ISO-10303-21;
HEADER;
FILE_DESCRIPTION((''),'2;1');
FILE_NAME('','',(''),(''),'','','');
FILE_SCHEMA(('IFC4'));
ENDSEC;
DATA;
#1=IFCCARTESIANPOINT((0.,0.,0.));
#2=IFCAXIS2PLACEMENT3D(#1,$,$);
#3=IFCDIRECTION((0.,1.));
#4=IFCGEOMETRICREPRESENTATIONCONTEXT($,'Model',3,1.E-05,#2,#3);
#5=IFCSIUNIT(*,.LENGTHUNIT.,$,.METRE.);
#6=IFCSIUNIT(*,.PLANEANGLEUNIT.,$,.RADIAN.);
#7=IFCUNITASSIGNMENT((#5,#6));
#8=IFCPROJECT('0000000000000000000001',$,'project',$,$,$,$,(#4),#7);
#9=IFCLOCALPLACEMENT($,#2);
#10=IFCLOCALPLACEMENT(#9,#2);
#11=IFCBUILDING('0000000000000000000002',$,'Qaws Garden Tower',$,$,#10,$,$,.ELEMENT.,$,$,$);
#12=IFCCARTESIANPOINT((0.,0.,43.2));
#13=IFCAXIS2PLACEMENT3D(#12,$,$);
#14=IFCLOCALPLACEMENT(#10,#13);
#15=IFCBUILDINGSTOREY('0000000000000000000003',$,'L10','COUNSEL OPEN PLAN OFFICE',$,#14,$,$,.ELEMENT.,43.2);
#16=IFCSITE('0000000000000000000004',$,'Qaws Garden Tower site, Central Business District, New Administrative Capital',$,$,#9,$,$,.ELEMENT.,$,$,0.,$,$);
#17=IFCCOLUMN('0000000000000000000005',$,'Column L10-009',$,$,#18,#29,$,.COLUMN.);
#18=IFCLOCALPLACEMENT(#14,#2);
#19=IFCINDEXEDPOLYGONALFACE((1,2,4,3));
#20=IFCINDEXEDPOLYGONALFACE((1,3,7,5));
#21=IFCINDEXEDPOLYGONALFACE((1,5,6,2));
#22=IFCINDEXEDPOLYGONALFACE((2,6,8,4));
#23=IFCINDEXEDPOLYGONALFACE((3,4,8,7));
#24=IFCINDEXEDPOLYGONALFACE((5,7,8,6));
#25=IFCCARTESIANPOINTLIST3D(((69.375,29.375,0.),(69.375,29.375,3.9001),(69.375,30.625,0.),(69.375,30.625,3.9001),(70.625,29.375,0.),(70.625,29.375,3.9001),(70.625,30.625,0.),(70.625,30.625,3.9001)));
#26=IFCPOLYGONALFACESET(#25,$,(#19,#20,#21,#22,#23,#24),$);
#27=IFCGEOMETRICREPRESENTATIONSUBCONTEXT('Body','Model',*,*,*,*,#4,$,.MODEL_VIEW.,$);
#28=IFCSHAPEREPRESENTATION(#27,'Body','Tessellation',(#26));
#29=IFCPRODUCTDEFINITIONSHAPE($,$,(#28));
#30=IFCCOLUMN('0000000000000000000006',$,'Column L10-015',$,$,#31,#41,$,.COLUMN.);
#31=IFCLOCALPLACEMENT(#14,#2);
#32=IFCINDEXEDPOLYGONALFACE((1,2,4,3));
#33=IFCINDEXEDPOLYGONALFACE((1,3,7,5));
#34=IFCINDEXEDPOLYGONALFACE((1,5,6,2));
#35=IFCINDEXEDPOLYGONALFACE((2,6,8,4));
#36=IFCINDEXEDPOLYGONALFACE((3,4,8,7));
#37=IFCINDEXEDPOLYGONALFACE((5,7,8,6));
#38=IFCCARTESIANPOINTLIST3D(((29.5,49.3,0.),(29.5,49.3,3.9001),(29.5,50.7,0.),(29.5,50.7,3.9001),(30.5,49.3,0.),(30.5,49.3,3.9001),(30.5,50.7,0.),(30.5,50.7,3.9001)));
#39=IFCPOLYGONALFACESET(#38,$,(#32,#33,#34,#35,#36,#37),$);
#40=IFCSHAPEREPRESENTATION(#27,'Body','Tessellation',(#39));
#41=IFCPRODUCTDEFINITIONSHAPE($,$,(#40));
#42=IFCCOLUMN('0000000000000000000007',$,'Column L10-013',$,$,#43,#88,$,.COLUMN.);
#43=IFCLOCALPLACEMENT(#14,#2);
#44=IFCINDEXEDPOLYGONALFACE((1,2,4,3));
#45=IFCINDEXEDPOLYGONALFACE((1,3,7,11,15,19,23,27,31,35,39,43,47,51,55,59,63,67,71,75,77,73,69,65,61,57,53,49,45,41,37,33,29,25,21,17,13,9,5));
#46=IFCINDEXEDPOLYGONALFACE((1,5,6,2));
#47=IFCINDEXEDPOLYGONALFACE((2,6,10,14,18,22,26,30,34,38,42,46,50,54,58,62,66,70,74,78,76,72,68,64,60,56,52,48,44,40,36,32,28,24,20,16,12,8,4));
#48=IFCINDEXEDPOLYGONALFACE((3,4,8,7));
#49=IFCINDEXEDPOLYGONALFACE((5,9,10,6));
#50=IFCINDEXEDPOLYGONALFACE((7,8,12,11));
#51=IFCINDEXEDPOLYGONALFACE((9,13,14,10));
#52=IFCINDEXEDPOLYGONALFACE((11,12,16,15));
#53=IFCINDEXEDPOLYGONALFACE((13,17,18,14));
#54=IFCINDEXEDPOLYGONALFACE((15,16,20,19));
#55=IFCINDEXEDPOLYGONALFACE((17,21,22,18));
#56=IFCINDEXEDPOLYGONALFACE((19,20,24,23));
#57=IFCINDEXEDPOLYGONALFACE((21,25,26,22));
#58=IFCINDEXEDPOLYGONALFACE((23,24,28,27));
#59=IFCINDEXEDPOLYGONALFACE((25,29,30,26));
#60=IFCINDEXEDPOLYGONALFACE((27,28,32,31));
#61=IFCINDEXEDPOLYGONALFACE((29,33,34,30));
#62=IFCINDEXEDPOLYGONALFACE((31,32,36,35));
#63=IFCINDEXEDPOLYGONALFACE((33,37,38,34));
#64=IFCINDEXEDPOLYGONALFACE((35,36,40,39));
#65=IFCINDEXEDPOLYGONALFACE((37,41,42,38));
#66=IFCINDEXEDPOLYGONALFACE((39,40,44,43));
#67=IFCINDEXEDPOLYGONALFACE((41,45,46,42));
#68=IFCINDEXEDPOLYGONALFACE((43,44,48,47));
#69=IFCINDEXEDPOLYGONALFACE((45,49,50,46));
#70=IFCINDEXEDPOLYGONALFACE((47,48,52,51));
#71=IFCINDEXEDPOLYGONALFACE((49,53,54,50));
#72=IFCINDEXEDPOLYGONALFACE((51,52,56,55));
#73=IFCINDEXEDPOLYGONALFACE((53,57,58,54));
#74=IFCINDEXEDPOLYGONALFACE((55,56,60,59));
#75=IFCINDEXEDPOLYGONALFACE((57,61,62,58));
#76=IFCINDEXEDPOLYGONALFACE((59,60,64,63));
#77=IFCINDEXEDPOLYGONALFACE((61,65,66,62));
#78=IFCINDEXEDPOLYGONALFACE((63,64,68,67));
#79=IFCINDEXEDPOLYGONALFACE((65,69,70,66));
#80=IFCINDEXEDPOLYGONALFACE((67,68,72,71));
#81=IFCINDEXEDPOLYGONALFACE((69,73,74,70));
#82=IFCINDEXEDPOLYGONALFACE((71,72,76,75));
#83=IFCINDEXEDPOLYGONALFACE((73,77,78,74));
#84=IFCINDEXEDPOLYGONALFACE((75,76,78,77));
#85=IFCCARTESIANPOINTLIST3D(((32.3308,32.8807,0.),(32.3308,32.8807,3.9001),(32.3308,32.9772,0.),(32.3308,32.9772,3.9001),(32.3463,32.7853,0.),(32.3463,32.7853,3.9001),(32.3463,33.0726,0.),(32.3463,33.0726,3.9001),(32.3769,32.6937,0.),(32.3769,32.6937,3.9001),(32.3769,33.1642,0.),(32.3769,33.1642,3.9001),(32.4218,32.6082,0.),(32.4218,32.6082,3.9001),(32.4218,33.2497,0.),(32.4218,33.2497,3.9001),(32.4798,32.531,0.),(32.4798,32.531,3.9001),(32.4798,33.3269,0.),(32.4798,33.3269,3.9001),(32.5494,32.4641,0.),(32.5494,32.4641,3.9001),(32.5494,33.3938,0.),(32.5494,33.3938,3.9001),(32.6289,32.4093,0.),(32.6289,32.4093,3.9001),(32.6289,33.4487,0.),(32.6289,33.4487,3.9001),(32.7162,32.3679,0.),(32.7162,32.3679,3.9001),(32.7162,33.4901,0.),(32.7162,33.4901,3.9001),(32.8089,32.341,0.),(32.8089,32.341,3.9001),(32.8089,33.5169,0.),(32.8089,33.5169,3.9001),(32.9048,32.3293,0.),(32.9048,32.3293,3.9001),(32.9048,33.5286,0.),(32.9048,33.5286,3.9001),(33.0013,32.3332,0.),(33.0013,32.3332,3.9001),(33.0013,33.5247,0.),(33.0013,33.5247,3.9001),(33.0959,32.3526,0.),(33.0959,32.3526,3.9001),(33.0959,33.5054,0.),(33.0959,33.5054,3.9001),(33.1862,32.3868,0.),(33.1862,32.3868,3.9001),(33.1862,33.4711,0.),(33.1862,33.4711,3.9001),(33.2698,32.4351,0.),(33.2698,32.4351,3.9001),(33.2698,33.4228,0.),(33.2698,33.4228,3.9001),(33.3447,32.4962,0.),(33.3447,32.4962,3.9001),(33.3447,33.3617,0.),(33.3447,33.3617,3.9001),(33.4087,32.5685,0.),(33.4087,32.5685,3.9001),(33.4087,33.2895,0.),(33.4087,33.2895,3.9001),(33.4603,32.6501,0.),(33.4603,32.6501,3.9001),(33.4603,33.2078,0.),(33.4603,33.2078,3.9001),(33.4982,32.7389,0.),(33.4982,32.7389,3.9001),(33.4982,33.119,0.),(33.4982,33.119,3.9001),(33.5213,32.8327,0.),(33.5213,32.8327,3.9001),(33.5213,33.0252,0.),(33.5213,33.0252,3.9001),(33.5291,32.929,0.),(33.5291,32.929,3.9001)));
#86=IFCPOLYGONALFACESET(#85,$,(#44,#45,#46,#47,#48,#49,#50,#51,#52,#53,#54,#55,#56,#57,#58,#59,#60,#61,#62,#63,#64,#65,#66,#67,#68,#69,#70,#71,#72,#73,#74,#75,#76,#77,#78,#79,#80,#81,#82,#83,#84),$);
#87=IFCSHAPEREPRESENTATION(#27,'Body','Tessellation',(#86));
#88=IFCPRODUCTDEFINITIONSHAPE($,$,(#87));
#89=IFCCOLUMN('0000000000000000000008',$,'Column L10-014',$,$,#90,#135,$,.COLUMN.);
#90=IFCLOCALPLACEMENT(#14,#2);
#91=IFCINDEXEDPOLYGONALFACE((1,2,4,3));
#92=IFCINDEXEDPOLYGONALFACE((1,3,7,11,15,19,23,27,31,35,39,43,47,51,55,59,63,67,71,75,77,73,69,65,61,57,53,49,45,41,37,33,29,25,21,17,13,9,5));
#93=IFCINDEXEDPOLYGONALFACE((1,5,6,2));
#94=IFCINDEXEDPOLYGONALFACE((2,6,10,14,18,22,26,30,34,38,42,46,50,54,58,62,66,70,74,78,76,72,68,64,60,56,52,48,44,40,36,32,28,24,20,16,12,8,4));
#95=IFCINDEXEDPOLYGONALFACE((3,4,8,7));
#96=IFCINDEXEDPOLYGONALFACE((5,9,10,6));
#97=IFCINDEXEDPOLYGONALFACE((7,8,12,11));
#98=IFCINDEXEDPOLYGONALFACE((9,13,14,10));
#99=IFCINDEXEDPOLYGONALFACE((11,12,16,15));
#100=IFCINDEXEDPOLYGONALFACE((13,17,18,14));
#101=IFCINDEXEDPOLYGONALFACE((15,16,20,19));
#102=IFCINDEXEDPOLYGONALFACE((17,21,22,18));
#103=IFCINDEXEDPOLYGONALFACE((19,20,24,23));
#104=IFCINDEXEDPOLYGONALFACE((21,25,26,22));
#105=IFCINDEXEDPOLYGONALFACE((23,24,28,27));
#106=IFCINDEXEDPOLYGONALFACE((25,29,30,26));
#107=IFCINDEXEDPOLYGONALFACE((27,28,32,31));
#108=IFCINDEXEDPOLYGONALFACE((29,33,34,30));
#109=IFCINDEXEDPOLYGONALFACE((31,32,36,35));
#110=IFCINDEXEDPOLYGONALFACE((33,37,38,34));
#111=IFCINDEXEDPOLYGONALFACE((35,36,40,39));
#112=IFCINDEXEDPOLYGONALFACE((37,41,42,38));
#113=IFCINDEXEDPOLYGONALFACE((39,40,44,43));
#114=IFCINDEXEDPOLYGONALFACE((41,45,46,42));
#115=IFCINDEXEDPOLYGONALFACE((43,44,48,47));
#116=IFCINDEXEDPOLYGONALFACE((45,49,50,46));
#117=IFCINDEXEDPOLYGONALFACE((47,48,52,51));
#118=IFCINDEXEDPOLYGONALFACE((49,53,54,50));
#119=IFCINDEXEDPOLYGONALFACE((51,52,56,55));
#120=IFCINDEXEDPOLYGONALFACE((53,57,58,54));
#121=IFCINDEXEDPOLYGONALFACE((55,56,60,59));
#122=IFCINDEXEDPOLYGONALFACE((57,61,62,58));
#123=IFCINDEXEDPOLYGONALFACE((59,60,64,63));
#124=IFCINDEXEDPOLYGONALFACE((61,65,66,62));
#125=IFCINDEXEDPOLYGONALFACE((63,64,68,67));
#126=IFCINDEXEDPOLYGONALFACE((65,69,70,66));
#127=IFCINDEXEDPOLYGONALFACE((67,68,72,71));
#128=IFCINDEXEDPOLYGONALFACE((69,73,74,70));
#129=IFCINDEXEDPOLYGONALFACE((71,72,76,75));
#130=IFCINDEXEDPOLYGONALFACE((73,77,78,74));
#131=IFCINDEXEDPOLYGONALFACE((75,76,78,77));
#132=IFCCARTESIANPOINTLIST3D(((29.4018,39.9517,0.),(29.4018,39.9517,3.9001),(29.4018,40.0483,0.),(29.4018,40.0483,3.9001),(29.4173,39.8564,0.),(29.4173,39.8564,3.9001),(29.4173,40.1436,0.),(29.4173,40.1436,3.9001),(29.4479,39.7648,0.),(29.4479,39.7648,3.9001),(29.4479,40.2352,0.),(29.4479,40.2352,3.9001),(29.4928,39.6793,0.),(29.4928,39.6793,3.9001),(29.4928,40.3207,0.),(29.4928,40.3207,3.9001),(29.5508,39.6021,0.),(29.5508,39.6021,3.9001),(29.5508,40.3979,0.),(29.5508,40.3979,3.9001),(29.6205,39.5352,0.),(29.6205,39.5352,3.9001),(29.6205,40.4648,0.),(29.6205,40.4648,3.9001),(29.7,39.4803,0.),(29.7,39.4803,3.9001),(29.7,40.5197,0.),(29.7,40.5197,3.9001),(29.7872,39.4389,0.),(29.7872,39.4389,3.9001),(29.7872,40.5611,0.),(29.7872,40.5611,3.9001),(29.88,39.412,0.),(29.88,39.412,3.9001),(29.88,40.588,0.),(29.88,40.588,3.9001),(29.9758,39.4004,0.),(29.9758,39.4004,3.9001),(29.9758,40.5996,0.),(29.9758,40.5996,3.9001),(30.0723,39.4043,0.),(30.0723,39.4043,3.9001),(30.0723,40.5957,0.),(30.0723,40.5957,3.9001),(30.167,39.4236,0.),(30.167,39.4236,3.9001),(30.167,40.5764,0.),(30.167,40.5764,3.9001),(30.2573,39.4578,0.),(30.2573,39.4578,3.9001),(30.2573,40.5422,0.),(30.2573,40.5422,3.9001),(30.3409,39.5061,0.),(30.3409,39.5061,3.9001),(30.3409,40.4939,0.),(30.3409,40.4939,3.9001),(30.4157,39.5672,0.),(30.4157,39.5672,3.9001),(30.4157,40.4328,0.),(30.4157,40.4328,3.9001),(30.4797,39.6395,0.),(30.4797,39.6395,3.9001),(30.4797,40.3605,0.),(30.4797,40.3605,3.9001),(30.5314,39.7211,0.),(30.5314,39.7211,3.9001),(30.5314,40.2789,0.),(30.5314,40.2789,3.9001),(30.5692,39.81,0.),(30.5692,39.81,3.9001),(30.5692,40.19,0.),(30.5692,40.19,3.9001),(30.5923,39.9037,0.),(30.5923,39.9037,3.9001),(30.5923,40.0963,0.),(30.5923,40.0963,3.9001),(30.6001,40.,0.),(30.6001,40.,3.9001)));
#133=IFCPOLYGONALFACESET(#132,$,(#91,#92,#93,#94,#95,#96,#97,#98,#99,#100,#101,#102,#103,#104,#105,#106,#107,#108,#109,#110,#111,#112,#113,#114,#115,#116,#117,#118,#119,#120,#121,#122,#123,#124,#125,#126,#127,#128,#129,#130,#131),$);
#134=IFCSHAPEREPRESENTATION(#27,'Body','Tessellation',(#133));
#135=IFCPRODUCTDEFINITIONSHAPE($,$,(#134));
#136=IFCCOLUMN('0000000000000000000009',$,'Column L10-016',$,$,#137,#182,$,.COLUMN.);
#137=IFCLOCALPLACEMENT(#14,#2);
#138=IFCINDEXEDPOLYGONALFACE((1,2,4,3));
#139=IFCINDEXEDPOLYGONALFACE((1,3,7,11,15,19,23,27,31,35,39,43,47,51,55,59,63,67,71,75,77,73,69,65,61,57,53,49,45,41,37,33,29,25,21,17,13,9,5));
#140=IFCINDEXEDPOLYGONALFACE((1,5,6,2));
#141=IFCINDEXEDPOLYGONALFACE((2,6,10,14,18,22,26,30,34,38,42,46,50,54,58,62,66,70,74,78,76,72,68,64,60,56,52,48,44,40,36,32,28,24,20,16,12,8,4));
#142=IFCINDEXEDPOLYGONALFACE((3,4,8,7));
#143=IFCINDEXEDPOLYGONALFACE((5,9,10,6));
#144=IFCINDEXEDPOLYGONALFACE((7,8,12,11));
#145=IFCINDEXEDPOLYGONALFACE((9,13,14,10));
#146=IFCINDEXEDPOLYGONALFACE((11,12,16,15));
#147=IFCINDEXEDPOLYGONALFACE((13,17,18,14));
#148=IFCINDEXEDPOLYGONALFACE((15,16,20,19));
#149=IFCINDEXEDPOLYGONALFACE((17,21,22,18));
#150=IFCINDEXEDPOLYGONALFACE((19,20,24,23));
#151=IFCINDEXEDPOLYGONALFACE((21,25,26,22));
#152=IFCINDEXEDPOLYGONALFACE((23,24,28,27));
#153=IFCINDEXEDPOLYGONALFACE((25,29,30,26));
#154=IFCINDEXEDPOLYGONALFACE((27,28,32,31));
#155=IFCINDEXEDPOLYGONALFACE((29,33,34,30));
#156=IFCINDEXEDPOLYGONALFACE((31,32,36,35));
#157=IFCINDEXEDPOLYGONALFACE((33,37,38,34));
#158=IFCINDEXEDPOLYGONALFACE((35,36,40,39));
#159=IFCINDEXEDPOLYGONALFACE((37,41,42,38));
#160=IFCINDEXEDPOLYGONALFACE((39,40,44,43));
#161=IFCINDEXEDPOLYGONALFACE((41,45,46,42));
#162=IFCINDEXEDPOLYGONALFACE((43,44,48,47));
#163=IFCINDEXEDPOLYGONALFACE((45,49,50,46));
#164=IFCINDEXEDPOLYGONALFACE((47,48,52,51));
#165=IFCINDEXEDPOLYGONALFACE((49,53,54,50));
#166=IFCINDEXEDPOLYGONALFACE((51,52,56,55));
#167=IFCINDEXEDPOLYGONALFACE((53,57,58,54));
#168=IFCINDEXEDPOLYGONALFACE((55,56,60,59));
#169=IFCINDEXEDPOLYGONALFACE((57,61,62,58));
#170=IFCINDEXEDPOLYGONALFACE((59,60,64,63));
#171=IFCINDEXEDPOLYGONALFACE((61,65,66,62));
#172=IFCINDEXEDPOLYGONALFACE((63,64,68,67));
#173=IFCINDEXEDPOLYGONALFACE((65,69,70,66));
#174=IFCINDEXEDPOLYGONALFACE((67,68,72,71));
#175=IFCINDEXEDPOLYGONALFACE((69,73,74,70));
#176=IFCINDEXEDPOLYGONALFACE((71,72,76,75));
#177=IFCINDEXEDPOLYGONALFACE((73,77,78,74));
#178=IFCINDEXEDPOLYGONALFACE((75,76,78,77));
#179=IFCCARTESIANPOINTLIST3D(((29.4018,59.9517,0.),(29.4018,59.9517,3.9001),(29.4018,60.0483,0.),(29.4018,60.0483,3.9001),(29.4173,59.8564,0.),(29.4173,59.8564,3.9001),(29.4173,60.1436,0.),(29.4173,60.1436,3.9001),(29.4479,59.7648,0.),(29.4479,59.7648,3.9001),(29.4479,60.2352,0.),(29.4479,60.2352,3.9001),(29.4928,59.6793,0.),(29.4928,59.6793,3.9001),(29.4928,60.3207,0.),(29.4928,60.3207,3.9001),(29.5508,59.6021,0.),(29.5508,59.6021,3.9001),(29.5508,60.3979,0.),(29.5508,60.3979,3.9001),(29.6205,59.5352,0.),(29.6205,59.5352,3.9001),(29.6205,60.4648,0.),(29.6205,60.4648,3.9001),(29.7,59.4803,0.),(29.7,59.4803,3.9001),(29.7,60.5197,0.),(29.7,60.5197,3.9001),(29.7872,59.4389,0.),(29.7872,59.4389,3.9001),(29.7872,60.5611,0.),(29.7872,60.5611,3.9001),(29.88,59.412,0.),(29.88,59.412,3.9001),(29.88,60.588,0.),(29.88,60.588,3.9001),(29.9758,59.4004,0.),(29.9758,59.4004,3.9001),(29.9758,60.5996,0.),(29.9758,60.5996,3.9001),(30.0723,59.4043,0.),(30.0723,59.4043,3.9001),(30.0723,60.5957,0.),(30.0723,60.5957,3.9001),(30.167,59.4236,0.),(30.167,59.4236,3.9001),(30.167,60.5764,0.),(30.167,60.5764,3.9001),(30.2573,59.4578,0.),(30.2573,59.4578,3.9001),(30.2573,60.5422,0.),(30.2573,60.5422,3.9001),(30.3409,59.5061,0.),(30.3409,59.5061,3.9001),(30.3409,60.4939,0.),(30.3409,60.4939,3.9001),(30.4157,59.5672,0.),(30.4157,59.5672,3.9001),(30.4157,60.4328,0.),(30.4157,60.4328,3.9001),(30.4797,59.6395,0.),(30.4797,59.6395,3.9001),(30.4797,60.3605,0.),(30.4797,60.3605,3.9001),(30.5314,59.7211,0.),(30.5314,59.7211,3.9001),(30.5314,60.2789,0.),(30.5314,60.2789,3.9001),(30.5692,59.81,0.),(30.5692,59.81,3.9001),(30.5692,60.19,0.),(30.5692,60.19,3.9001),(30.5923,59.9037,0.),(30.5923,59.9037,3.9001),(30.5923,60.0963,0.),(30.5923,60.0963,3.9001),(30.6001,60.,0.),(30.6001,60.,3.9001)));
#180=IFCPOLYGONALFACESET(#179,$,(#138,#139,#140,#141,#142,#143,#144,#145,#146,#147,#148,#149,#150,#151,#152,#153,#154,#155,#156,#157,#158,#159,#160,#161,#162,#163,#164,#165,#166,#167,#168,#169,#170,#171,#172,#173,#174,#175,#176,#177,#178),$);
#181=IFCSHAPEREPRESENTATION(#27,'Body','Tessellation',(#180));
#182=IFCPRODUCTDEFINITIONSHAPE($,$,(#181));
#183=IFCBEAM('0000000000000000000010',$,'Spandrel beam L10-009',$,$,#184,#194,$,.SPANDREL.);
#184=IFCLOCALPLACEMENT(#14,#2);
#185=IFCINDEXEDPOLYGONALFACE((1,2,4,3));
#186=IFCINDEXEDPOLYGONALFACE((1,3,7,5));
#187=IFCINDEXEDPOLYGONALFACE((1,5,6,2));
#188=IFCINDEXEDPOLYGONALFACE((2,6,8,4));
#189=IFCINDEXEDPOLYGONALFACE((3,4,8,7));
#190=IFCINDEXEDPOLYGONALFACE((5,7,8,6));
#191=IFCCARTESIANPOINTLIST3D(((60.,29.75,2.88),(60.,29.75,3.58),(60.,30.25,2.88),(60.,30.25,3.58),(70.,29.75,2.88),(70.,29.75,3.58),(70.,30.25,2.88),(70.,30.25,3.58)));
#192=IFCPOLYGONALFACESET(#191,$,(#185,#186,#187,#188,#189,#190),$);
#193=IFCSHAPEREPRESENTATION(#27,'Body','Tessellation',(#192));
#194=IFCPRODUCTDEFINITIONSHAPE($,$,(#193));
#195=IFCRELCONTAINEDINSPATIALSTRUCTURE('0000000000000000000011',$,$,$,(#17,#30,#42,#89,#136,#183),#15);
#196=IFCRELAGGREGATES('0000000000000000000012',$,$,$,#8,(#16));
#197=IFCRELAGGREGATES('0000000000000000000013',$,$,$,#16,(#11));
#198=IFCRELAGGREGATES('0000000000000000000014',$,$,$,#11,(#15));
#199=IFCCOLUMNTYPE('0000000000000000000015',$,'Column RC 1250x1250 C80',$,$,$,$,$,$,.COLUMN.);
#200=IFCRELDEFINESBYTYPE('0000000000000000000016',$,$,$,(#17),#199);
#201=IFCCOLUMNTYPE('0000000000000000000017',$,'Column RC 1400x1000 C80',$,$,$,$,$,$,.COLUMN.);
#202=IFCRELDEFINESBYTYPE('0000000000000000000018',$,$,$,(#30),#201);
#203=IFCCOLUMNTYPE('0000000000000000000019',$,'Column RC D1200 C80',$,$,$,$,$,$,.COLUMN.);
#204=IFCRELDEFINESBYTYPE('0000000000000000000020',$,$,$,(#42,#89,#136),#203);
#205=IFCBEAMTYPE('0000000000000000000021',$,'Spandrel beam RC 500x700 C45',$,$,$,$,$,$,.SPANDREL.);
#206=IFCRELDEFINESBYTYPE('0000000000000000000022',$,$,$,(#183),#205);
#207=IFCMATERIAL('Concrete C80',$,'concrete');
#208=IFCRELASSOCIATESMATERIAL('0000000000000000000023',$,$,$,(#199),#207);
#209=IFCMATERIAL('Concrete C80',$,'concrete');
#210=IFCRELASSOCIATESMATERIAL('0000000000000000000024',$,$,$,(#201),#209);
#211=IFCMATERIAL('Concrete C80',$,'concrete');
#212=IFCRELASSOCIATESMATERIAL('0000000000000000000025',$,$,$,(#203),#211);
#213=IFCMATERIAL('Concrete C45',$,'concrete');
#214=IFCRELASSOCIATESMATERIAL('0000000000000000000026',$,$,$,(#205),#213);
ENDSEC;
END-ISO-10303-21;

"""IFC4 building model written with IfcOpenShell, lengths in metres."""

from ifc_helpers import new_model, si_unit, direction, frame, origin, origin_2d, place, context, subcontext, project, spatial, rectangle, circle, extrude, material, material_profile, profile_set, type_object, element, save


model = new_model("IFC4")

# Units and contexts
model_context = context("Model", 3, precision=1e-05, world=origin(), true_north=direction((0.0, 1.0)))
body_context = subcontext(model_context, "Body", "Model", "MODEL_VIEW")
ifc_project = project(units=[si_unit("LENGTHUNIT", "METRE"), si_unit("PLANEANGLEUNIT", "RADIAN")], contexts=[model_context])

# Site, building, storey
site_placement = place(None, origin())
site = spatial("IfcSite", under=ifc_project, at=site_placement, Name="Qaws Garden Tower site, Central Business District, New Administrative Capital", CompositionType="ELEMENT", RefElevation=0.0)
building_placement = place(site_placement, origin())
building = spatial("IfcBuilding", under=site, at=building_placement, Name="Qaws Garden Tower", CompositionType="ELEMENT")
storey_placement = place(building_placement, frame((0.0, 0.0, 43.2)))
storey = spatial("IfcBuildingStorey", under=building, at=storey_placement, Name="L10", Description="COUNSEL OPEN PLAN OFFICE", CompositionType="ELEMENT", Elevation=43.2)

# Columns
ifc_material_1 = material(Name="Concrete C80", Category="concrete")
ifc_material_profile_1 = material_profile(ifc_material_1, rectangle(XDim=1.25, YDim=1.25, at=origin_2d()), Name="RC 1250x1250")
ifc_profile_set_1 = profile_set([ifc_material_profile_1], Name="Concrete C80")
column_type_1 = type_object("IfcColumnType", Name="Column RC 1250x1250 C80", PredefinedType="COLUMN", material=ifc_profile_set_1)
column_1_placement = place(storey_placement, frame((70.0, 30.0, 0.0), z_axis=(0.0, 0.0, 1.0), x_axis=(1.0, 0.0, 0.0)))
element("IfcColumn", 1, at=column_1_placement, inside=storey, type_object=column_type_1, Name="Column L10-009", PredefinedType="COLUMN", context=body_context, shape_type="SweptSolid", body=[
    extrude(rectangle(XDim=1.25, YDim=1.25, at=origin_2d()), origin(), (0.0, 0.0, 1.0), 3.9001),
])
ifc_material_2 = material(Name="Concrete C80", Category="concrete")
ifc_material_profile_2 = material_profile(ifc_material_2, rectangle(XDim=1.3999, YDim=1.0, at=origin_2d()), Name="RC 1400x1000")
ifc_profile_set_2 = profile_set([ifc_material_profile_2], Name="Concrete C80")
column_type_2 = type_object("IfcColumnType", Name="Column RC 1400x1000 C80", PredefinedType="COLUMN", material=ifc_profile_set_2)
column_2_placement = place(storey_placement, frame((30.0, 50.0, 0.0), z_axis=(0.0, 0.0, 1.0), x_axis=(0.0, 1.0, 0.0)))
element("IfcColumn", 2, at=column_2_placement, inside=storey, type_object=column_type_2, Name="Column L10-015", PredefinedType="COLUMN", context=body_context, shape_type="SweptSolid", body=[
    extrude(rectangle(XDim=1.3999, YDim=1.0, at=origin_2d()), origin(), (0.0, 0.0, 1.0), 3.9001),
])
ifc_material_3 = material(Name="Concrete C80", Category="concrete")
ifc_material_profile_3 = material_profile(ifc_material_3, circle(Radius=0.6001, at=origin_2d()), Name="RC D1200")
ifc_profile_set_3 = profile_set([ifc_material_profile_3], Name="Concrete C80")
column_type_3 = type_object("IfcColumnType", Name="Column RC D1200 C80", PredefinedType="COLUMN", material=ifc_profile_set_3)
for number, where, z_axis, x_axis, name in (
    (3, (32.929, 32.929, 0.0), (0.0, 0.0, 1.0), (1.0, 0.0, 0.0), "Column L10-013"),
    (4, (30.0, 40.0, 0.0), (0.0, 0.0, 1.0), (1.0, 0.0, 0.0), "Column L10-014"),
    (5, (30.0, 60.0, 0.0), (0.0, 0.0, 1.0), (1.0, 0.0, 0.0), "Column L10-016"),
):
    element("IfcColumn", number, at=place(storey_placement, frame(where, z_axis=z_axis, x_axis=x_axis)), inside=storey, type_object=column_type_3, Name=name, PredefinedType="COLUMN", context=body_context, shape_type="SweptSolid", body=[
        extrude(circle(Radius=0.6001, at=origin_2d()), origin(), (0.0, 0.0, 1.0), 3.9001),
    ])

# Beam
ifc_material_4 = material(Name="Concrete C45", Category="concrete")
ifc_material_profile_4 = material_profile(ifc_material_4, rectangle(XDim=0.5, YDim=0.7, at=origin_2d()), Name="RC 500x700")
ifc_profile_set_4 = profile_set([ifc_material_profile_4], Name="Concrete C45")
beam_type = type_object("IfcBeamType", Name="Spandrel beam RC 500x700 C45", PredefinedType="SPANDREL", material=ifc_profile_set_4)
beam_1_placement = place(storey_placement, frame((70.0, 30.0, 3.23), z_axis=(-1.0, 0.0, 0.0), x_axis=(0.0, -1.0, 0.0)))
element("IfcBeam", 6, at=beam_1_placement, inside=storey, type_object=beam_type, Name="Spandrel beam L10-009", PredefinedType="SPANDREL", context=body_context, shape_type="SweptSolid", body=[
    extrude(rectangle(XDim=0.5, YDim=0.7, at=origin_2d()), origin(), (0.0, 0.0, 1.0), 10.0),
])

save(model, "model.ifc")
